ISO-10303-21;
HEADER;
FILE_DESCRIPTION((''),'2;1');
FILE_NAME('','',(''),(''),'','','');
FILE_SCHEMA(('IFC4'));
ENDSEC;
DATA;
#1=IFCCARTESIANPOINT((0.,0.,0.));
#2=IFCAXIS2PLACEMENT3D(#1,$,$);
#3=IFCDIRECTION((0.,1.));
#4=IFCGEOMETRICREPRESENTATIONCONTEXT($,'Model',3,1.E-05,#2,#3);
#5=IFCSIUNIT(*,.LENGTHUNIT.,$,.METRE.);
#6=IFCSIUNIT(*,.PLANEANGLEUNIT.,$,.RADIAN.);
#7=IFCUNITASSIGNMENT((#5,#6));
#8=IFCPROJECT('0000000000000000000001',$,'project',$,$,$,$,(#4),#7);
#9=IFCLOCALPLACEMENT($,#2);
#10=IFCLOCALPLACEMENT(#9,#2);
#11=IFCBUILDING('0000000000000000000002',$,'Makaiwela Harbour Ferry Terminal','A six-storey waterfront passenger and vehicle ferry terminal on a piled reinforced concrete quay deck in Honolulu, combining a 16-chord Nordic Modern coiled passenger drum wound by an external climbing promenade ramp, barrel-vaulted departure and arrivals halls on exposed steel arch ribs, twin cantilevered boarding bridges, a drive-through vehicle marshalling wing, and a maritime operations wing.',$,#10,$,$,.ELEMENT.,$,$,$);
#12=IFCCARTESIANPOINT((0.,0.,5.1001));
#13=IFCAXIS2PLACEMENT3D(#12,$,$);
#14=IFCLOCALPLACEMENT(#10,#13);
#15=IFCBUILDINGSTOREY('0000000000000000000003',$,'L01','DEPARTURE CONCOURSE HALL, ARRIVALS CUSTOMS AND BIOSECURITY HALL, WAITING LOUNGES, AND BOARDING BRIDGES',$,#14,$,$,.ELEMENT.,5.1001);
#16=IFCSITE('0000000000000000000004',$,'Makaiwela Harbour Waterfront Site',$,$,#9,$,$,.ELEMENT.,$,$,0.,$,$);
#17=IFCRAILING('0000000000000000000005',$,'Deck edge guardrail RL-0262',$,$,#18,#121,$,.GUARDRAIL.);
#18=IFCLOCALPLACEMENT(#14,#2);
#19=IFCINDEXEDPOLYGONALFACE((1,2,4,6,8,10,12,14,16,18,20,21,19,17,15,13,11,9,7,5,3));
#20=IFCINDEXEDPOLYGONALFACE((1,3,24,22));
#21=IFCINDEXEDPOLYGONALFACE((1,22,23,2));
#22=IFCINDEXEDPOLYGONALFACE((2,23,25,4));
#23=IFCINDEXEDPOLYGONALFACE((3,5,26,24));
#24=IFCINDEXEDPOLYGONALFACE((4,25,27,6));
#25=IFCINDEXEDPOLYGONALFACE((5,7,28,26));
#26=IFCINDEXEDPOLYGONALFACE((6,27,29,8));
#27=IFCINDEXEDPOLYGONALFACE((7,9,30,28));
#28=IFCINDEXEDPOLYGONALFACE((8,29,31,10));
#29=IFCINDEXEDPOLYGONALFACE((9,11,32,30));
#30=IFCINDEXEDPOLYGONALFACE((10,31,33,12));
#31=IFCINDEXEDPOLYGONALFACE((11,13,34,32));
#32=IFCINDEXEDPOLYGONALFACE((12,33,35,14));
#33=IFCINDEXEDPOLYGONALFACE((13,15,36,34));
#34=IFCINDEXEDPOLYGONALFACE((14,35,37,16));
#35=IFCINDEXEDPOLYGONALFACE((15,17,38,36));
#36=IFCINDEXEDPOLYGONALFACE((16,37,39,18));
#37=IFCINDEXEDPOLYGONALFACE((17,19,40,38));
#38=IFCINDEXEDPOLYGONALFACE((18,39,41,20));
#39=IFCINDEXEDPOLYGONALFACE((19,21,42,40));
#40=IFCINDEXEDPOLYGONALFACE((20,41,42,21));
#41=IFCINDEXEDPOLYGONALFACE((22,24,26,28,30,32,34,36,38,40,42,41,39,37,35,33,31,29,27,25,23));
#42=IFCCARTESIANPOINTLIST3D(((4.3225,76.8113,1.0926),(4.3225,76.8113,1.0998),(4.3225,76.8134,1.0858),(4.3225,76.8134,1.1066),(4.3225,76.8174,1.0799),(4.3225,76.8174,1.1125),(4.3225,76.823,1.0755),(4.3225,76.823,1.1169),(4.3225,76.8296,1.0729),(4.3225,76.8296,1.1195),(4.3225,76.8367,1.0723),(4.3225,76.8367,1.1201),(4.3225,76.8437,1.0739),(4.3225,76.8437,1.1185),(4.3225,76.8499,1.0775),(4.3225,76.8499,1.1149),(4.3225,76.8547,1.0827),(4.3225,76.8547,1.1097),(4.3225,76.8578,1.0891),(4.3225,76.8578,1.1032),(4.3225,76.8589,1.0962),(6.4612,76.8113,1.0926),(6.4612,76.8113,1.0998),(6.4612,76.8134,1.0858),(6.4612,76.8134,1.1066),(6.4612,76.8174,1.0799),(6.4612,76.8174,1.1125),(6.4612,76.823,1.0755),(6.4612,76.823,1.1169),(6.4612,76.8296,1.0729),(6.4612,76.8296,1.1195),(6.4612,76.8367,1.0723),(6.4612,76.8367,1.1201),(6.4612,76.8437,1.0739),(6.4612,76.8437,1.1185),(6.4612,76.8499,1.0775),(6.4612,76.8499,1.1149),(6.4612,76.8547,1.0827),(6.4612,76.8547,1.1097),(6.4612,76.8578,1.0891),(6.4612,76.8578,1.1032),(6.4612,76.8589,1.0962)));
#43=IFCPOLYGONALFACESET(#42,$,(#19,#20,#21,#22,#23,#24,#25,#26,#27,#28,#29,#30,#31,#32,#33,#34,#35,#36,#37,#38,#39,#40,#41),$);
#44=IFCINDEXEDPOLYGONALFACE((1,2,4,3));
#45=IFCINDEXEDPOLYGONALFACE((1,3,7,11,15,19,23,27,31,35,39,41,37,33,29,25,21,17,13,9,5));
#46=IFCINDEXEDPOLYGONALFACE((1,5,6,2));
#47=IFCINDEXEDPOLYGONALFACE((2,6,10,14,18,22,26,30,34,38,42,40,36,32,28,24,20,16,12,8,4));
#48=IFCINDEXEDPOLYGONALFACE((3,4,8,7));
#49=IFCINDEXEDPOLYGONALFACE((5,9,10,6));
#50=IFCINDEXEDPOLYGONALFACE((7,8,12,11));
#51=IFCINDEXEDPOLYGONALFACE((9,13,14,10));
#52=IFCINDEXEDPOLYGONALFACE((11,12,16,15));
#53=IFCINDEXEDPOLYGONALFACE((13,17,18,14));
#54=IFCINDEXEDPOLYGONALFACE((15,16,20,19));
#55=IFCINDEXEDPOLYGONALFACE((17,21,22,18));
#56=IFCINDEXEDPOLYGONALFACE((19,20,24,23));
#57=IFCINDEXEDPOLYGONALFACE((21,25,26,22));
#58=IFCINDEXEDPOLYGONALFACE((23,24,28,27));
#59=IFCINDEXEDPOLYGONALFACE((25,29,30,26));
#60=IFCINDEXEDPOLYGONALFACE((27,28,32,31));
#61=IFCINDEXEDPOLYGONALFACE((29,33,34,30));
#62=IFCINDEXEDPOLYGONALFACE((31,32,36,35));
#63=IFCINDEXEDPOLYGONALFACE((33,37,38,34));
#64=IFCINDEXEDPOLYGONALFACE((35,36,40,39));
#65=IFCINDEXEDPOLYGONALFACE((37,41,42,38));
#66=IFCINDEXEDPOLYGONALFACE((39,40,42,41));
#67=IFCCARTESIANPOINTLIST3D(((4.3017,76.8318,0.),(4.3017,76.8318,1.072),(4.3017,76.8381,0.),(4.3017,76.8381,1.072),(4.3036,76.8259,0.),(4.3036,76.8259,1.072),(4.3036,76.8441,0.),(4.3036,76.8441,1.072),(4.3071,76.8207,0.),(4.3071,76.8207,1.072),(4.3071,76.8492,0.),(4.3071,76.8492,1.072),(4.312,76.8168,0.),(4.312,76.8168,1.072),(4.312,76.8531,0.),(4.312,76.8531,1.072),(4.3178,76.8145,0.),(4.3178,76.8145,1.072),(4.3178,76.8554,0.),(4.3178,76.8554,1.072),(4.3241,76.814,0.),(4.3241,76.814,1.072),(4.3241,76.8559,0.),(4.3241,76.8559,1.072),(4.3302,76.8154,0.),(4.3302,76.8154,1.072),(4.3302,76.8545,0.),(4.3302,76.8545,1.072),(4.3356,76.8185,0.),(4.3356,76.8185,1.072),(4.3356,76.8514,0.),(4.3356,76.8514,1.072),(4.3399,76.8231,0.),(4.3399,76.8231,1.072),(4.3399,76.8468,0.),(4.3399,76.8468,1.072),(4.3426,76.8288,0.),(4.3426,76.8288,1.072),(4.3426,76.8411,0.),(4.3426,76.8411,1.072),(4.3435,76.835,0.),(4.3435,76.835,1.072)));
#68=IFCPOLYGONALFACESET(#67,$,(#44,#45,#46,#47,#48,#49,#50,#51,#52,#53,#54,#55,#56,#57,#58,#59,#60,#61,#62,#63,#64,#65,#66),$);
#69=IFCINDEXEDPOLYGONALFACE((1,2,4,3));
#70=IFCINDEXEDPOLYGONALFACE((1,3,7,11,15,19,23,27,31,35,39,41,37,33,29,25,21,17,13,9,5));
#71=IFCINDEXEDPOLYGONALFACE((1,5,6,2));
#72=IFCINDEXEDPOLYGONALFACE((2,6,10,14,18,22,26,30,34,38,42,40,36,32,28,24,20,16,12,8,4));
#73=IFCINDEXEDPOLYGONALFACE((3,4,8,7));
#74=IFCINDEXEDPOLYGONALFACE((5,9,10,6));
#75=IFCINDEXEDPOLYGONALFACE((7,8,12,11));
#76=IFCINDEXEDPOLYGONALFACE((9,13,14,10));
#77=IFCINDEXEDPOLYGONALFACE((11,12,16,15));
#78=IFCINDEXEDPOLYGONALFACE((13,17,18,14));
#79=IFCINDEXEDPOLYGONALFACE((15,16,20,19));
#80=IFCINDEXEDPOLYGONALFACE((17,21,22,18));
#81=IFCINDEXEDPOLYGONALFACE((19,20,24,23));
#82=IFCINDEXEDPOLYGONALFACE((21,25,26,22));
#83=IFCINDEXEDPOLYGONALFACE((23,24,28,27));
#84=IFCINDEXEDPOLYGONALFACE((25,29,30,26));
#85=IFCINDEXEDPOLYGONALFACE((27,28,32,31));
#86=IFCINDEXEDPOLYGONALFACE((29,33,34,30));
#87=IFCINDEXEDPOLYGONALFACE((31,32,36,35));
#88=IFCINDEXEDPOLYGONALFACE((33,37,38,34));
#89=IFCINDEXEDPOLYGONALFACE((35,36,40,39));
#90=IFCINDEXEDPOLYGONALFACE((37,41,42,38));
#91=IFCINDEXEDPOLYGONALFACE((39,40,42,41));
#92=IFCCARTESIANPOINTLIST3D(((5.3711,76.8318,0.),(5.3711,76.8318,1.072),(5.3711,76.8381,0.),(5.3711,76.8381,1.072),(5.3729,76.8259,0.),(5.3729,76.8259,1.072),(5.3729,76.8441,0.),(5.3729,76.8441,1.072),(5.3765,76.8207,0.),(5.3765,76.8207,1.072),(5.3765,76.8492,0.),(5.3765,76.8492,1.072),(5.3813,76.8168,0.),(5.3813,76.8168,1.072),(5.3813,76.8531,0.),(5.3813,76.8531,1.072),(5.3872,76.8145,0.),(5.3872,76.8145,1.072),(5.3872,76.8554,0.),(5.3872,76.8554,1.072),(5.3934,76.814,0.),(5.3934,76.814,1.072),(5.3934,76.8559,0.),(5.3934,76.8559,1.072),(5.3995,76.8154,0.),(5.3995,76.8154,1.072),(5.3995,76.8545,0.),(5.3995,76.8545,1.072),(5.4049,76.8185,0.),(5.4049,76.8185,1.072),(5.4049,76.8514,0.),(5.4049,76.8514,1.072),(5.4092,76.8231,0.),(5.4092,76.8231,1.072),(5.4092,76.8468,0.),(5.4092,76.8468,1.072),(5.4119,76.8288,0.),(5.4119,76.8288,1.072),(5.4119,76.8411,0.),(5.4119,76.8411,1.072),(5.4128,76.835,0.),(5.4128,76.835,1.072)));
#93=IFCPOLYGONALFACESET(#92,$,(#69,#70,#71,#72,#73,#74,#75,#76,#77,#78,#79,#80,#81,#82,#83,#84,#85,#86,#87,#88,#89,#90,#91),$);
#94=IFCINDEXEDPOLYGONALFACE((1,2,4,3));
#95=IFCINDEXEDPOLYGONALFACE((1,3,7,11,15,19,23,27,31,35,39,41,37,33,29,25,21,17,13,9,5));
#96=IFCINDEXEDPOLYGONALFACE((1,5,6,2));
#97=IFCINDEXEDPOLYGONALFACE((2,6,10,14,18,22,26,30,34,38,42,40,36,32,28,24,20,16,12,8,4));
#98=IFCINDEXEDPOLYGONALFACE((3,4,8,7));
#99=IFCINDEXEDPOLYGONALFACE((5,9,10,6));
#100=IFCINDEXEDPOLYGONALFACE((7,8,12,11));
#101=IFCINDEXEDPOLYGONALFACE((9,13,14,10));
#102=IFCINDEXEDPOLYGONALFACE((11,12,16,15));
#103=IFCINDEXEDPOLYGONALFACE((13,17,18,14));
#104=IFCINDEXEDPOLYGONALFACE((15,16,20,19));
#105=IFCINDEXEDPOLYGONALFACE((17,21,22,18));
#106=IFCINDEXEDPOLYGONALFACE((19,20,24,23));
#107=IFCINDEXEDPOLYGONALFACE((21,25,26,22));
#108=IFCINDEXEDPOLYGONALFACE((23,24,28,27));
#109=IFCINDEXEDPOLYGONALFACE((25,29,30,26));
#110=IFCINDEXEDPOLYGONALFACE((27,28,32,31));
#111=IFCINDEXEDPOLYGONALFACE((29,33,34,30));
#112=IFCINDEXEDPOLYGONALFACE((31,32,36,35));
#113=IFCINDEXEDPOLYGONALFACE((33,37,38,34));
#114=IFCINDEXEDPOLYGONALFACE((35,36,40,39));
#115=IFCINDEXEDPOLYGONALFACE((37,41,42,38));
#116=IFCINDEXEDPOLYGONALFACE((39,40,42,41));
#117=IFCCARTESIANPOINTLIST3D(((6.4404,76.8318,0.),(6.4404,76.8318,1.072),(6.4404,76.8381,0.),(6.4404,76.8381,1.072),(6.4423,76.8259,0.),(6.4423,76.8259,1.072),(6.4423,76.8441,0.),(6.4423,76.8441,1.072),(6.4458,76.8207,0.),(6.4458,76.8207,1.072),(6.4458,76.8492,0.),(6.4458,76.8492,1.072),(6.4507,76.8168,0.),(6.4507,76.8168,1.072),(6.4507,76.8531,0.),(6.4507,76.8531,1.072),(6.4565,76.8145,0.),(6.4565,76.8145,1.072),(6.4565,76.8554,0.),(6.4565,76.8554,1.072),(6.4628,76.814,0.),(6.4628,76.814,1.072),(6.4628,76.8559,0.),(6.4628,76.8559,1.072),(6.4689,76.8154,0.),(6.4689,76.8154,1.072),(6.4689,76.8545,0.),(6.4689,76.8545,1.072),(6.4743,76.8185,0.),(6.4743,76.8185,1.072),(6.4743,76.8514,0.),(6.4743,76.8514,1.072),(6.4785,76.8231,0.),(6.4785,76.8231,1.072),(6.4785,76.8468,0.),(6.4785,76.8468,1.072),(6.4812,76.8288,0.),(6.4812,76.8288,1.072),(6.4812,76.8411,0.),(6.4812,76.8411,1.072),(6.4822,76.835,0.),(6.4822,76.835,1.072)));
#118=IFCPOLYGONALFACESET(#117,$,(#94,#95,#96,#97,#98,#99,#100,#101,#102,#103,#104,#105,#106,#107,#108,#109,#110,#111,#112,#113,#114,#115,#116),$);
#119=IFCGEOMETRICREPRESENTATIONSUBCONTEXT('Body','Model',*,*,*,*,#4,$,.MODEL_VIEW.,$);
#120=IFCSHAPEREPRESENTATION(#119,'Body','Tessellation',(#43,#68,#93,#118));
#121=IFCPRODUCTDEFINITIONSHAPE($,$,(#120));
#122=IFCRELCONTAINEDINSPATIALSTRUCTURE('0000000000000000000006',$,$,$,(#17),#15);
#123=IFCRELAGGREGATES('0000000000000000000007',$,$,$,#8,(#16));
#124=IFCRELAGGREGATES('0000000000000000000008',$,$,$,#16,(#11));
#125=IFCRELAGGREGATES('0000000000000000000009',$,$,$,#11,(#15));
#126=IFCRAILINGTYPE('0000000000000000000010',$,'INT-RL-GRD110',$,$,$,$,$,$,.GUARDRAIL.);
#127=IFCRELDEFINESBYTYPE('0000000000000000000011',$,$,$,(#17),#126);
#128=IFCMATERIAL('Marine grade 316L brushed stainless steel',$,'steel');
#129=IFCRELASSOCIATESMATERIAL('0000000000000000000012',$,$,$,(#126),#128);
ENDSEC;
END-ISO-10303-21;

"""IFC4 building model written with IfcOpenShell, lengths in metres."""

from ifc_helpers import new_model, si_unit, direction, frame, origin, origin_2d, place, context, subcontext, project, spatial, circle, extrude, material, type_object, element, save


model = new_model("IFC4")

# Units and contexts
model_context = context("Model", 3, precision=1e-05, world=origin(), true_north=direction((0.0, 1.0)))
body_context = subcontext(model_context, "Body", "Model", "MODEL_VIEW")
ifc_project = project(units=[si_unit("LENGTHUNIT", "METRE"), si_unit("PLANEANGLEUNIT", "RADIAN")], contexts=[model_context])

# Site, building, storey
site_placement = place(None, origin())
site = spatial("IfcSite", under=ifc_project, at=site_placement, Name="Makaiwela Harbour Waterfront Site", CompositionType="ELEMENT", RefElevation=0.0)
building_placement = place(site_placement, origin())
building = spatial("IfcBuilding", under=site, at=building_placement, Name="Makaiwela Harbour Ferry Terminal", Description="A six-storey waterfront passenger and vehicle ferry terminal on a piled reinforced concrete quay deck in Honolulu, combining a 16-chord Nordic Modern coiled passenger drum wound by an external climbing promenade ramp, barrel-vaulted departure and arrivals halls on exposed steel arch ribs, twin cantilevered boarding bridges, a drive-through vehicle marshalling wing, and a maritime operations wing.", CompositionType="ELEMENT")
storey_placement = place(building_placement, frame((0.0, 0.0, 5.1001)))
storey = spatial("IfcBuildingStorey", under=building, at=storey_placement, Name="L01", Description="DEPARTURE CONCOURSE HALL, ARRIVALS CUSTOMS AND BIOSECURITY HALL, WAITING LOUNGES, AND BOARDING BRIDGES", CompositionType="ELEMENT", Elevation=5.1001)

# Railing
ifc_material_1 = material(Name="Marine grade 316L brushed stainless steel", Category="steel")
railing_type_1 = type_object("IfcRailingType", Name="INT-RL-GRD110", PredefinedType="GUARDRAIL", material=ifc_material_1)
railing_1_placement = place(storey_placement, frame((4.3225, 76.835, 0.0)))
element("IfcRailing", 1, at=railing_1_placement, inside=storey, type_object=railing_type_1, Name="Deck edge guardrail RL-0262", PredefinedType="GUARDRAIL", context=body_context, shape_type="SweptSolid", body=[
    extrude(circle(Radius=0.0239, at=origin_2d()), frame((0.0, 0.0, 1.0962), z_axis=(1.0, 0.0, 0.0), x_axis=(0.0, 1.0, 0.0)), (0.0, 0.0, 1.0), 2.1387),
    extrude(circle(Radius=0.021, at=origin_2d()), origin(), (0.0, 0.0, 1.0), 1.072),
    extrude(circle(Radius=0.021, at=origin_2d()), frame((1.0693, 0.0, 0.0)), (0.0, 0.0, 1.0), 1.072),
    extrude(circle(Radius=0.021, at=origin_2d()), frame((2.1387, 0.0, 0.0)), (0.0, 0.0, 1.0), 1.072),
])

save(model, "model.ifc")
